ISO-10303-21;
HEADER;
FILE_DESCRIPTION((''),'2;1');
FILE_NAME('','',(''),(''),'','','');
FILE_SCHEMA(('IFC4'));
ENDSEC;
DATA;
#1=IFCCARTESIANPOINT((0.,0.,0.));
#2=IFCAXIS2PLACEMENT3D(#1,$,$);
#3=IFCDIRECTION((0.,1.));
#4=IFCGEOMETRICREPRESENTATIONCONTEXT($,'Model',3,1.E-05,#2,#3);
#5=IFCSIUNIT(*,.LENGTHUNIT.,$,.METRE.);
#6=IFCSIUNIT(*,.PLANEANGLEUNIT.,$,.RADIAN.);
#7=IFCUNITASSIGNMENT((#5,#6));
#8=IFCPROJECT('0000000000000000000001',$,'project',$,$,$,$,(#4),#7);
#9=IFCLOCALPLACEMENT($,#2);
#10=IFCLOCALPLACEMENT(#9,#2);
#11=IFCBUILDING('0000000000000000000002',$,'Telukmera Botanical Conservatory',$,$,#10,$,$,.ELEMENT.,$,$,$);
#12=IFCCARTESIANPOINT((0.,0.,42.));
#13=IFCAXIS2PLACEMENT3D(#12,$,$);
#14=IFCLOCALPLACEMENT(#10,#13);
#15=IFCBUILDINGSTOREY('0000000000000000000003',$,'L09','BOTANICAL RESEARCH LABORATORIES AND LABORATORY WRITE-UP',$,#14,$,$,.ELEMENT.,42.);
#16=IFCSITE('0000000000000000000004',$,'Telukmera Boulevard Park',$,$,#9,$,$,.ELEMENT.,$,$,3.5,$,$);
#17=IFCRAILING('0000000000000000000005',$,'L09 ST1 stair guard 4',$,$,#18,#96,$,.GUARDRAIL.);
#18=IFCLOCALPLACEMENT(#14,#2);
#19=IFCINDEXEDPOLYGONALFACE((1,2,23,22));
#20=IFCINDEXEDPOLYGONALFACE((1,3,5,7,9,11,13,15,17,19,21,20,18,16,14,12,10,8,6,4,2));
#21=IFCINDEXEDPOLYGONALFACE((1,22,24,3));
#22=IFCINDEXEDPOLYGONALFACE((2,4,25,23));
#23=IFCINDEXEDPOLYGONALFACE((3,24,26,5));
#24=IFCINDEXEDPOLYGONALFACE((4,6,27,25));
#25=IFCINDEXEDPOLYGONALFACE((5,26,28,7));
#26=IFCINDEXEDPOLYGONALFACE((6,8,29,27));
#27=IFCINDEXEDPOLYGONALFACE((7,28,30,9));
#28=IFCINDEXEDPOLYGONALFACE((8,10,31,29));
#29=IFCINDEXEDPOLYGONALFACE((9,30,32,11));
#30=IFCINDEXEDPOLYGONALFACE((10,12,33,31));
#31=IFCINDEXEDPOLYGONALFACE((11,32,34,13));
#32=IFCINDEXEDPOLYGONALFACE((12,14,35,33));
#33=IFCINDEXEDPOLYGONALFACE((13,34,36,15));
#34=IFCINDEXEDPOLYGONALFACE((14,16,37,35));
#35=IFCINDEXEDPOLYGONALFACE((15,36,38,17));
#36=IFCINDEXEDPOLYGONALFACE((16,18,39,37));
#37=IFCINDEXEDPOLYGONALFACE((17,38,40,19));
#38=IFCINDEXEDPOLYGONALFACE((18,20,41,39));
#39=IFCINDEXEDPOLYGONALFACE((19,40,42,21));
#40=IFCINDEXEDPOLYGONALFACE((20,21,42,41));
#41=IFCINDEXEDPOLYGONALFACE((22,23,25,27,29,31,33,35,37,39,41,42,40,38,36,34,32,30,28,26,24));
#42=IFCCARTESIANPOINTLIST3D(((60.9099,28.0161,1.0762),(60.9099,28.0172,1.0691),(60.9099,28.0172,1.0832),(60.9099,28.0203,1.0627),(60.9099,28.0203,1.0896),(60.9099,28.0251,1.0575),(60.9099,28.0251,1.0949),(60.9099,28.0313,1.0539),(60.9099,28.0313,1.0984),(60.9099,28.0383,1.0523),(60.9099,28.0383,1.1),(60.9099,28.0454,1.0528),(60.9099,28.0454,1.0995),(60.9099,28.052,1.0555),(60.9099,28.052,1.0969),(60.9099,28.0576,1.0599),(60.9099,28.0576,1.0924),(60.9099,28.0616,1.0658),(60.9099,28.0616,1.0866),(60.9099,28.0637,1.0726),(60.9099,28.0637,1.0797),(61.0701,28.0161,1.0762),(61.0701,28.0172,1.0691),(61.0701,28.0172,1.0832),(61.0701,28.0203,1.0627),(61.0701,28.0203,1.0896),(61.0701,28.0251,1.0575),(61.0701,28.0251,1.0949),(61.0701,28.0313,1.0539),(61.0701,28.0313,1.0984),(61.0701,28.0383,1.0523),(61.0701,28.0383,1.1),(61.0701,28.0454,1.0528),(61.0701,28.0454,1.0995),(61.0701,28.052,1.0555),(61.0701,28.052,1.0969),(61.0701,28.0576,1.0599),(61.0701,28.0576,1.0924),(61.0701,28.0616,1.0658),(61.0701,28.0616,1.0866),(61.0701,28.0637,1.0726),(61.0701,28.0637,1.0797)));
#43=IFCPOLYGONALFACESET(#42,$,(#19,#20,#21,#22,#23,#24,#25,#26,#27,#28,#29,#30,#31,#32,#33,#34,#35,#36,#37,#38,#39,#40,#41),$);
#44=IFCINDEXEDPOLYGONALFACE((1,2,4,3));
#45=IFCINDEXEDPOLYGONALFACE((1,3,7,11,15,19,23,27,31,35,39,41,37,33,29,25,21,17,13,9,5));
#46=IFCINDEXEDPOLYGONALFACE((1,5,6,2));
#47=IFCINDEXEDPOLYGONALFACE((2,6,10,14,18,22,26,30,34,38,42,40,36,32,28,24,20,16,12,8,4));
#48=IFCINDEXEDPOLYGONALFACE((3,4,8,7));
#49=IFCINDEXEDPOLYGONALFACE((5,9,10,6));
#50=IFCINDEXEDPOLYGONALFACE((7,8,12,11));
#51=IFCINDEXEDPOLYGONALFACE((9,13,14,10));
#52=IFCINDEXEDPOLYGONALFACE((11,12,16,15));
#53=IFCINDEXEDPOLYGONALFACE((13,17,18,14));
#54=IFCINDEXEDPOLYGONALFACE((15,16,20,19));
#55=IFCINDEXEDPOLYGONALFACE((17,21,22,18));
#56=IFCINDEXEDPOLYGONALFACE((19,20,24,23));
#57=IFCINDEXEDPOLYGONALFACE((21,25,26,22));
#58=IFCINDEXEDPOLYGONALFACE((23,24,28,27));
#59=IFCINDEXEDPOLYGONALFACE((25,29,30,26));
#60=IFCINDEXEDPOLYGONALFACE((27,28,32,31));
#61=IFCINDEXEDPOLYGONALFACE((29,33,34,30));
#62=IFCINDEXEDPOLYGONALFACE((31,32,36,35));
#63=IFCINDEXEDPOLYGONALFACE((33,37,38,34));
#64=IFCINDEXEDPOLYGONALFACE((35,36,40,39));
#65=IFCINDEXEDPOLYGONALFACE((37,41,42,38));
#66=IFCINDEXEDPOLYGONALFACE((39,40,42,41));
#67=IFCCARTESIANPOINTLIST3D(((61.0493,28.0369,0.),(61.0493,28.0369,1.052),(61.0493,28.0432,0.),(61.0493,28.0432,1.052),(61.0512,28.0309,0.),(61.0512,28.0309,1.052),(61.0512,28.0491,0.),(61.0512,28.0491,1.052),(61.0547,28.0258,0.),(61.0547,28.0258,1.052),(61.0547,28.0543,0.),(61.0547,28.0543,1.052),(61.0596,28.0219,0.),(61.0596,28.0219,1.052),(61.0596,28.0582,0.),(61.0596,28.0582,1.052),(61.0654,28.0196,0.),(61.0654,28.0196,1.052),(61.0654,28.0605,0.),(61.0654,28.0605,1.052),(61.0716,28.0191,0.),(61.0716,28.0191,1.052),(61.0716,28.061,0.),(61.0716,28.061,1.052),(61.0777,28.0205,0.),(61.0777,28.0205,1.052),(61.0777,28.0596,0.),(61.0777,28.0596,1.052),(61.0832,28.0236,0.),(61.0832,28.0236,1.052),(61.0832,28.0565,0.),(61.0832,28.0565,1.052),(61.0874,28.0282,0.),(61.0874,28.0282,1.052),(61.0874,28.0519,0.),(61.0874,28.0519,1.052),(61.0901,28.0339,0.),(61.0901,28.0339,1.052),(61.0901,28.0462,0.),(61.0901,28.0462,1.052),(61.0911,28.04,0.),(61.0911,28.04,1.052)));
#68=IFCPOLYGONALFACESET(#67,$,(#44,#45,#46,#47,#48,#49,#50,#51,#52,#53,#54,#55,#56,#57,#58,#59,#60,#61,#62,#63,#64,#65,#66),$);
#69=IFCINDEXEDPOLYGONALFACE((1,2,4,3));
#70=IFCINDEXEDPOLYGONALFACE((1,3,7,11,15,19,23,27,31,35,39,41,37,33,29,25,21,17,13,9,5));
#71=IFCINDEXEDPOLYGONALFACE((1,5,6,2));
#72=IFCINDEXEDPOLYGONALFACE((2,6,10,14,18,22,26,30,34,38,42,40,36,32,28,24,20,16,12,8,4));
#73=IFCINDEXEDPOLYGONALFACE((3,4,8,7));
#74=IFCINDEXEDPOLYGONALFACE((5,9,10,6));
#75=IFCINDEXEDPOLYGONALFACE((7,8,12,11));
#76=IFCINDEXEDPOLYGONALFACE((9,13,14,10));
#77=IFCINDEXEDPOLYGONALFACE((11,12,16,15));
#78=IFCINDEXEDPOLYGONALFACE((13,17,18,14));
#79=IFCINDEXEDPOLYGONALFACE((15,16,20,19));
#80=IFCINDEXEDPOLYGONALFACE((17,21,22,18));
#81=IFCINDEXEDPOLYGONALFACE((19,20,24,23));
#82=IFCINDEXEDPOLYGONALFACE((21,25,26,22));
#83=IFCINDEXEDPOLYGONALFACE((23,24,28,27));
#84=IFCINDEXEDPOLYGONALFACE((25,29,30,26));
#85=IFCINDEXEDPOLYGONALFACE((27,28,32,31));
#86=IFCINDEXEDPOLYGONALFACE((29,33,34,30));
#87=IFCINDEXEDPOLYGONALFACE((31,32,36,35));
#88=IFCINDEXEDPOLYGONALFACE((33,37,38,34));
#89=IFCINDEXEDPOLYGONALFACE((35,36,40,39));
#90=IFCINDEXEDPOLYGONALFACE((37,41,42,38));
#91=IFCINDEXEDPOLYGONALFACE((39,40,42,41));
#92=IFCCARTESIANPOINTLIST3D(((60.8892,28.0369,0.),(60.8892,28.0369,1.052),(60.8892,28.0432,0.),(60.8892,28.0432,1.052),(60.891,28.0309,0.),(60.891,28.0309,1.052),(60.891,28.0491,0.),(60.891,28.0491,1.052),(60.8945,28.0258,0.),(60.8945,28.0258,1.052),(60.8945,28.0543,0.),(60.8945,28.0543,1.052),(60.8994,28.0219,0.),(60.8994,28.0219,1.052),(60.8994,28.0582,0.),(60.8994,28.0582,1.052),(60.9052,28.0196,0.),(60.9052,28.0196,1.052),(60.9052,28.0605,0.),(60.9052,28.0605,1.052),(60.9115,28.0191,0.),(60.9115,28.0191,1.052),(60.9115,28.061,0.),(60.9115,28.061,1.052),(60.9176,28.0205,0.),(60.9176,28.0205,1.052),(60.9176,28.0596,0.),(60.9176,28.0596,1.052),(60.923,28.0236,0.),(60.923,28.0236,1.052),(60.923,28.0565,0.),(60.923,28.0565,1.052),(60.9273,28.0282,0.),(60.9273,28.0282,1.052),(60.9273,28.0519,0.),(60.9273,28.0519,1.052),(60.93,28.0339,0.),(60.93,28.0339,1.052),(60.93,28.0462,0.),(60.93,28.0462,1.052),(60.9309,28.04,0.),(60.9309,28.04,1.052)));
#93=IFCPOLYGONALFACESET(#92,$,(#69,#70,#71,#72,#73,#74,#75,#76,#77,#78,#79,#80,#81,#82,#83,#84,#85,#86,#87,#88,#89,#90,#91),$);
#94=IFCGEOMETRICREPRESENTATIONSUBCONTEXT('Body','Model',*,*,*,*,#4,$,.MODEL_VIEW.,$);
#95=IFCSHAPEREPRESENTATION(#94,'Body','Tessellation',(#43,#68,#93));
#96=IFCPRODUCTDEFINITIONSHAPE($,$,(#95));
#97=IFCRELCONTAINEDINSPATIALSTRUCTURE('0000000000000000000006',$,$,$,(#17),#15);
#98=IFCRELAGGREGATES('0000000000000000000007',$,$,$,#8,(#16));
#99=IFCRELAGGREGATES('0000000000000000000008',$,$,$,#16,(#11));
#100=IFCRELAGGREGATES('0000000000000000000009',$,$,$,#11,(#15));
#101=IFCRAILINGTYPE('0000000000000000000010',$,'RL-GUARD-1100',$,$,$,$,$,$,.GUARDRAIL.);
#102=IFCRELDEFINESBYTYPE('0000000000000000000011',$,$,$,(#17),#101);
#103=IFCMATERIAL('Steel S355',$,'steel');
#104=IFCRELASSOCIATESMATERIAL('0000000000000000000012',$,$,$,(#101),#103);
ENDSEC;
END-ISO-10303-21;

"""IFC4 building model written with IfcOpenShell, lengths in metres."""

from ifc_helpers import new_model, si_unit, direction, frame, origin, origin_2d, place, context, subcontext, project, spatial, circle, extrude, material, type_object, element, save


model = new_model("IFC4")

# Units and contexts
model_context = context("Model", 3, precision=1e-05, world=origin(), true_north=direction((0.0, 1.0)))
body_context = subcontext(model_context, "Body", "Model", "MODEL_VIEW")
ifc_project = project(units=[si_unit("LENGTHUNIT", "METRE"), si_unit("PLANEANGLEUNIT", "RADIAN")], contexts=[model_context])

# Site, building, storey
site_placement = place(None, origin())
site = spatial("IfcSite", under=ifc_project, at=site_placement, Name="Telukmera Boulevard Park", CompositionType="ELEMENT", RefElevation=3.5)
building_placement = place(site_placement, origin())
building = spatial("IfcBuilding", under=site, at=building_placement, Name="Telukmera Botanical Conservatory", CompositionType="ELEMENT")
storey_placement = place(building_placement, frame((0.0, 0.0, 42.0)))
storey = spatial("IfcBuildingStorey", under=building, at=storey_placement, Name="L09", Description="BOTANICAL RESEARCH LABORATORIES AND LABORATORY WRITE-UP", CompositionType="ELEMENT", Elevation=42.0)

# Railing
ifc_material_1 = material(Name="Steel S355", Category="steel")
railing_type_1 = type_object("IfcRailingType", Name="RL-GUARD-1100", PredefinedType="GUARDRAIL", material=ifc_material_1)
railing_1_placement = place(storey_placement, frame((61.0701, 28.04, 0.0)))
element("IfcRailing", 1, at=railing_1_placement, inside=storey, type_object=railing_type_1, Name="L09 ST1 stair guard 4", PredefinedType="GUARDRAIL", context=body_context, shape_type="SweptSolid", body=[
    extrude(circle(Radius=0.0239, at=origin_2d()), frame((0.0, 0.0, 1.0762), z_axis=(-1.0, 0.0, 0.0), x_axis=(0.0, -1.0, 0.0)), (0.0, 0.0, 1.0), 0.1602),
    extrude(circle(Radius=0.021, at=origin_2d()), origin(), (0.0, 0.0, 1.0), 1.052),
    extrude(circle(Radius=0.021, at=origin_2d()), frame((-0.1602, 0.0, 0.0)), (0.0, 0.0, 1.0), 1.052),
])

save(model, "model.ifc")
